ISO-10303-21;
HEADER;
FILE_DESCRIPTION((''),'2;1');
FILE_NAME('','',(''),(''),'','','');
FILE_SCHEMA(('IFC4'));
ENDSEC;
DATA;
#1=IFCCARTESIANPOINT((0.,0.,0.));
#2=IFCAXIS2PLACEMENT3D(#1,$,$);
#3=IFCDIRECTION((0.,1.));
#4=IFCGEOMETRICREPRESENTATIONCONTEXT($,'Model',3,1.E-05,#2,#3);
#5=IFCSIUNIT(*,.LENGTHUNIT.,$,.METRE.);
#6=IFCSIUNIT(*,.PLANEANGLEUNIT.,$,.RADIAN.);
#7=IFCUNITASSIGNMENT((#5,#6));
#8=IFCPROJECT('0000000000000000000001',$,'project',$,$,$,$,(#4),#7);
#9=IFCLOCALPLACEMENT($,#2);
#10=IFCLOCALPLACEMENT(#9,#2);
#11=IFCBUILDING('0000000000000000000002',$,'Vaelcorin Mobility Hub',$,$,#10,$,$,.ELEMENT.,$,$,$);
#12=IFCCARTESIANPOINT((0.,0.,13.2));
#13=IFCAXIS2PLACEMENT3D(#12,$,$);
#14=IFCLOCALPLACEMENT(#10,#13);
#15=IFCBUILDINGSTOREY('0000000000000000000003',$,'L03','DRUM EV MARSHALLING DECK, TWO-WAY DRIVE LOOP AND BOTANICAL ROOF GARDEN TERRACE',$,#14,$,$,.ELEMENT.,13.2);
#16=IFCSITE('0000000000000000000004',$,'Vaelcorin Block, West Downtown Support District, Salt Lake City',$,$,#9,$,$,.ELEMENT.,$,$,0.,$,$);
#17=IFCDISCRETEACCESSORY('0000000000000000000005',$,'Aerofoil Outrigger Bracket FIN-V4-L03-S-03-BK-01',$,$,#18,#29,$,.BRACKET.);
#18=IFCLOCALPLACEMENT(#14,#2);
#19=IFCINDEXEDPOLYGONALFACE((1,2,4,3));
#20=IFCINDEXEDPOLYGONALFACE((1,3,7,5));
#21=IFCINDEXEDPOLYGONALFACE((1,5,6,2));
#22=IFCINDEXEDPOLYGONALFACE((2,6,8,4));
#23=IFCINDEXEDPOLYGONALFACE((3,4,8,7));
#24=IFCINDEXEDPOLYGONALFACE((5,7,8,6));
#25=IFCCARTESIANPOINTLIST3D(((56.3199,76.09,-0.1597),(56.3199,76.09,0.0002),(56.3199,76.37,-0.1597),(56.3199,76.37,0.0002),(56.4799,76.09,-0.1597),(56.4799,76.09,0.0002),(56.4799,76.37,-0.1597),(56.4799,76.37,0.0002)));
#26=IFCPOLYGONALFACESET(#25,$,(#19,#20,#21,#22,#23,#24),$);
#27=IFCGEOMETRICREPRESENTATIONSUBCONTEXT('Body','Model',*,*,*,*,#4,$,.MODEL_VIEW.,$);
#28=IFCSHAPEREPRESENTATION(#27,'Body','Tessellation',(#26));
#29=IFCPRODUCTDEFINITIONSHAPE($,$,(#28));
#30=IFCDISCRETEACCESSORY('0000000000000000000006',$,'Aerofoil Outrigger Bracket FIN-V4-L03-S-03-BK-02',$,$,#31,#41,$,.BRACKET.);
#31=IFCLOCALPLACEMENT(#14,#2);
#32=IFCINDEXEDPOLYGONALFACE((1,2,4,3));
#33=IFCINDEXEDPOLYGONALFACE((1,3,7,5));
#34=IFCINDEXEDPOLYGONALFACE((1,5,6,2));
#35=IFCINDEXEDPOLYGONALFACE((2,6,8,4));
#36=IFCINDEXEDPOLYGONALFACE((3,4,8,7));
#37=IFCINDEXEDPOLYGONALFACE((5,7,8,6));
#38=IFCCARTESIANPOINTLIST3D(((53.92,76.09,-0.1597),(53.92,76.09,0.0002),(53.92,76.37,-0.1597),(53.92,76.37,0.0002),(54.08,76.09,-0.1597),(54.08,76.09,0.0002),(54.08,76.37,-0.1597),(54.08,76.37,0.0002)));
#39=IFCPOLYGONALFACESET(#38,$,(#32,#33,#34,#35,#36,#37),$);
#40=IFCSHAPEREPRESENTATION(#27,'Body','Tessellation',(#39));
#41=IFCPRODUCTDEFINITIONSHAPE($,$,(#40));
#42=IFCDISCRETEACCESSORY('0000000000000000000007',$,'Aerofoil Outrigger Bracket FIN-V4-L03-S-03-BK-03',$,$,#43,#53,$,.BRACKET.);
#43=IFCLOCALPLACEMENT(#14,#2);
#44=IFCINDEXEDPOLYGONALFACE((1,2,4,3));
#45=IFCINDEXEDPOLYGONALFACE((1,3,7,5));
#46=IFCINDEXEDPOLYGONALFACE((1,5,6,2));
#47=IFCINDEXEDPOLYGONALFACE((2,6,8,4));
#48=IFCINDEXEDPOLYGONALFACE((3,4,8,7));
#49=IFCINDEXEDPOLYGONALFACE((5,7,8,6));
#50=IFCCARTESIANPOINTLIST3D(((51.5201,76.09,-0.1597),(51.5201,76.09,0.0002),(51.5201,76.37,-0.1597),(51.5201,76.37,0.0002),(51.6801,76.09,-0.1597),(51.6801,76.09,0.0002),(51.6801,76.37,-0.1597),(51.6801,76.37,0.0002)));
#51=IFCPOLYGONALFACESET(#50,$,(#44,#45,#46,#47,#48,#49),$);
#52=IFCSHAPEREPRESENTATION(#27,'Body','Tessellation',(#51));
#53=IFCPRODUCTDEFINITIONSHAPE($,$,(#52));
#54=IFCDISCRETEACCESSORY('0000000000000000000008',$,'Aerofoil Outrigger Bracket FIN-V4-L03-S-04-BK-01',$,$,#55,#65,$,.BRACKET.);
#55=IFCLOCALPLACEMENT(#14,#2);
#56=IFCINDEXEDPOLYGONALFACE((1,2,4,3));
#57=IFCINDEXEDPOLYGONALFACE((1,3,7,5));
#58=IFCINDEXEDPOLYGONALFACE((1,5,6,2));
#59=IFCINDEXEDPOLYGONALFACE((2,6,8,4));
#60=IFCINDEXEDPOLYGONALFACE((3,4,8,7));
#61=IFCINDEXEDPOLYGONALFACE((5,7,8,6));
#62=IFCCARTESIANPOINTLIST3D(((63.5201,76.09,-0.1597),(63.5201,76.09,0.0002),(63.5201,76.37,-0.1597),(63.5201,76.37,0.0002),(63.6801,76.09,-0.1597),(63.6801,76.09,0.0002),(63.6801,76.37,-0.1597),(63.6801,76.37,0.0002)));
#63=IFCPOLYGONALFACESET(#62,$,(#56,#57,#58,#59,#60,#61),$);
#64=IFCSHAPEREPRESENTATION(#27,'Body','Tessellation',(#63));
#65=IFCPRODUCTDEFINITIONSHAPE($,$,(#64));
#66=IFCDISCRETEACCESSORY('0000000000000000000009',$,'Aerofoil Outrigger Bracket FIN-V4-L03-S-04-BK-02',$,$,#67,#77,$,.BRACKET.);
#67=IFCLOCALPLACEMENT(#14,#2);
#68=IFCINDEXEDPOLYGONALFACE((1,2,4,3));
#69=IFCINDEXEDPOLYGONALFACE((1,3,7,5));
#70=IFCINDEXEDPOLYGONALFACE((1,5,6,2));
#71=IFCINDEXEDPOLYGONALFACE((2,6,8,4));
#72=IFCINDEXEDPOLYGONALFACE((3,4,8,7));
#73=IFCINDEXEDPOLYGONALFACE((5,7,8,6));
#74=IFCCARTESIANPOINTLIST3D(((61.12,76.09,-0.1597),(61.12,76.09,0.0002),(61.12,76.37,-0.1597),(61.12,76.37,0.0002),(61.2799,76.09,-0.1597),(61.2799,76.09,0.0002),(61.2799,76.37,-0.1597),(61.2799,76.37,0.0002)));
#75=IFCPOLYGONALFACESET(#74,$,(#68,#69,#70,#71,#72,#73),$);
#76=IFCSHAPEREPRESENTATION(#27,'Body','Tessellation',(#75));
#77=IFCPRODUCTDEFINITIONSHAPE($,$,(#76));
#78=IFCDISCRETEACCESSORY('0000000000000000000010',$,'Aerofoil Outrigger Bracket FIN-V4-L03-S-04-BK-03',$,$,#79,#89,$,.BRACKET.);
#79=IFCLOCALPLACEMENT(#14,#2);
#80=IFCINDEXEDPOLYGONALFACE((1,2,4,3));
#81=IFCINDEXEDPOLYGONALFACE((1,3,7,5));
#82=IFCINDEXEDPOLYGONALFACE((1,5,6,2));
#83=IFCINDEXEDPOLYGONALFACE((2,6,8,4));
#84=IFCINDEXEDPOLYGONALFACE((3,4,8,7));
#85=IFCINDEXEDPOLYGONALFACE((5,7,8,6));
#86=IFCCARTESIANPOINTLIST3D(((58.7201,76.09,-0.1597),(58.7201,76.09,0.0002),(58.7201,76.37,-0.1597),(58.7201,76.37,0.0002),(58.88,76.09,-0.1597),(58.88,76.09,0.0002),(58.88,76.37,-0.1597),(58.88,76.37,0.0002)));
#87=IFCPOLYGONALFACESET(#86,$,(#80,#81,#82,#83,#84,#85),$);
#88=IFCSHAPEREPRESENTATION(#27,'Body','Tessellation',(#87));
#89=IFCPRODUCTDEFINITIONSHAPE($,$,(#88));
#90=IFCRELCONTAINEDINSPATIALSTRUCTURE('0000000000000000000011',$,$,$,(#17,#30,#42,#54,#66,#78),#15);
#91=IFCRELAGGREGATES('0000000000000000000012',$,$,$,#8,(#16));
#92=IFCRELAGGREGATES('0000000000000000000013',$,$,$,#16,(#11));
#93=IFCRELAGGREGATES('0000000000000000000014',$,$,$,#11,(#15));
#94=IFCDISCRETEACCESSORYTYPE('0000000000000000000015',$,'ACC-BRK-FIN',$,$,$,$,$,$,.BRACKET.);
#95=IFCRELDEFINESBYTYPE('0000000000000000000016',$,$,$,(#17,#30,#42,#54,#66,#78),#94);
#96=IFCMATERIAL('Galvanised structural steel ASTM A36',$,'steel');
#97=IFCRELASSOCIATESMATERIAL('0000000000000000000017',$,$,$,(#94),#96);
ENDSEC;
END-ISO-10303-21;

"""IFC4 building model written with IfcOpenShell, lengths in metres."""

from ifc_helpers import new_model, si_unit, direction, frame, origin, origin_2d, place, context, subcontext, project, spatial, rectangle, extrude, material, type_object, element, save


model = new_model("IFC4")

# Units and contexts
model_context = context("Model", 3, precision=1e-05, world=origin(), true_north=direction((0.0, 1.0)))
body_context = subcontext(model_context, "Body", "Model", "MODEL_VIEW")
ifc_project = project(units=[si_unit("LENGTHUNIT", "METRE"), si_unit("PLANEANGLEUNIT", "RADIAN")], contexts=[model_context])

# Site, building, storey
site_placement = place(None, origin())
site = spatial("IfcSite", under=ifc_project, at=site_placement, Name="Vaelcorin Block, West Downtown Support District, Salt Lake City", CompositionType="ELEMENT", RefElevation=0.0)
building_placement = place(site_placement, origin())
building = spatial("IfcBuilding", under=site, at=building_placement, Name="Vaelcorin Mobility Hub", CompositionType="ELEMENT")
storey_placement = place(building_placement, frame((0.0, 0.0, 13.2)))
storey = spatial("IfcBuildingStorey", under=building, at=storey_placement, Name="L03", Description="DRUM EV MARSHALLING DECK, TWO-WAY DRIVE LOOP AND BOTANICAL ROOF GARDEN TERRACE", CompositionType="ELEMENT", Elevation=13.2)

# Shared definitions
ifc_material_1 = material(Name="Galvanised structural steel ASTM A36", Category="steel")

# Discrete accessories
discrete_accessory_type = type_object("IfcDiscreteAccessoryType", Name="ACC-BRK-FIN", PredefinedType="BRACKET", material=ifc_material_1)
for number, where, z_axis, x_axis, name in (
    (1, (56.3999, 76.23, -0.1597), (0.0, 0.0, 1.0), (0.0, -1.0, 0.0), "Aerofoil Outrigger Bracket FIN-V4-L03-S-03-BK-01"),
    (2, (54.0, 76.23, -0.1597), (0.0, 0.0, 1.0), (0.0, -1.0, 0.0), "Aerofoil Outrigger Bracket FIN-V4-L03-S-03-BK-02"),
    (3, (51.6001, 76.23, -0.1597), (0.0, 0.0, 1.0), (0.0, -1.0, 0.0), "Aerofoil Outrigger Bracket FIN-V4-L03-S-03-BK-03"),
    (4, (63.6001, 76.23, -0.1597), (0.0, 0.0, 1.0), (0.0, -1.0, 0.0), "Aerofoil Outrigger Bracket FIN-V4-L03-S-04-BK-01"),
    (5, (61.2, 76.23, -0.1597), (0.0, 0.0, 1.0), (0.0, -1.0, 0.0), "Aerofoil Outrigger Bracket FIN-V4-L03-S-04-BK-02"),
    (6, (58.8, 76.23, -0.1597), (0.0, 0.0, 1.0), (0.0, -1.0, 0.0), "Aerofoil Outrigger Bracket FIN-V4-L03-S-04-BK-03"),
):
    element("IfcDiscreteAccessory", number, at=place(storey_placement, frame(where, z_axis=z_axis, x_axis=x_axis)), inside=storey, type_object=discrete_accessory_type, Name=name, PredefinedType="BRACKET", context=body_context, shape_type="SweptSolid", body=[
        extrude(rectangle(XDim=0.28, YDim=0.1599, at=origin_2d()), origin(), (0.0, 0.0, 1.0), 0.1599),
    ])

save(model, "model.ifc")
